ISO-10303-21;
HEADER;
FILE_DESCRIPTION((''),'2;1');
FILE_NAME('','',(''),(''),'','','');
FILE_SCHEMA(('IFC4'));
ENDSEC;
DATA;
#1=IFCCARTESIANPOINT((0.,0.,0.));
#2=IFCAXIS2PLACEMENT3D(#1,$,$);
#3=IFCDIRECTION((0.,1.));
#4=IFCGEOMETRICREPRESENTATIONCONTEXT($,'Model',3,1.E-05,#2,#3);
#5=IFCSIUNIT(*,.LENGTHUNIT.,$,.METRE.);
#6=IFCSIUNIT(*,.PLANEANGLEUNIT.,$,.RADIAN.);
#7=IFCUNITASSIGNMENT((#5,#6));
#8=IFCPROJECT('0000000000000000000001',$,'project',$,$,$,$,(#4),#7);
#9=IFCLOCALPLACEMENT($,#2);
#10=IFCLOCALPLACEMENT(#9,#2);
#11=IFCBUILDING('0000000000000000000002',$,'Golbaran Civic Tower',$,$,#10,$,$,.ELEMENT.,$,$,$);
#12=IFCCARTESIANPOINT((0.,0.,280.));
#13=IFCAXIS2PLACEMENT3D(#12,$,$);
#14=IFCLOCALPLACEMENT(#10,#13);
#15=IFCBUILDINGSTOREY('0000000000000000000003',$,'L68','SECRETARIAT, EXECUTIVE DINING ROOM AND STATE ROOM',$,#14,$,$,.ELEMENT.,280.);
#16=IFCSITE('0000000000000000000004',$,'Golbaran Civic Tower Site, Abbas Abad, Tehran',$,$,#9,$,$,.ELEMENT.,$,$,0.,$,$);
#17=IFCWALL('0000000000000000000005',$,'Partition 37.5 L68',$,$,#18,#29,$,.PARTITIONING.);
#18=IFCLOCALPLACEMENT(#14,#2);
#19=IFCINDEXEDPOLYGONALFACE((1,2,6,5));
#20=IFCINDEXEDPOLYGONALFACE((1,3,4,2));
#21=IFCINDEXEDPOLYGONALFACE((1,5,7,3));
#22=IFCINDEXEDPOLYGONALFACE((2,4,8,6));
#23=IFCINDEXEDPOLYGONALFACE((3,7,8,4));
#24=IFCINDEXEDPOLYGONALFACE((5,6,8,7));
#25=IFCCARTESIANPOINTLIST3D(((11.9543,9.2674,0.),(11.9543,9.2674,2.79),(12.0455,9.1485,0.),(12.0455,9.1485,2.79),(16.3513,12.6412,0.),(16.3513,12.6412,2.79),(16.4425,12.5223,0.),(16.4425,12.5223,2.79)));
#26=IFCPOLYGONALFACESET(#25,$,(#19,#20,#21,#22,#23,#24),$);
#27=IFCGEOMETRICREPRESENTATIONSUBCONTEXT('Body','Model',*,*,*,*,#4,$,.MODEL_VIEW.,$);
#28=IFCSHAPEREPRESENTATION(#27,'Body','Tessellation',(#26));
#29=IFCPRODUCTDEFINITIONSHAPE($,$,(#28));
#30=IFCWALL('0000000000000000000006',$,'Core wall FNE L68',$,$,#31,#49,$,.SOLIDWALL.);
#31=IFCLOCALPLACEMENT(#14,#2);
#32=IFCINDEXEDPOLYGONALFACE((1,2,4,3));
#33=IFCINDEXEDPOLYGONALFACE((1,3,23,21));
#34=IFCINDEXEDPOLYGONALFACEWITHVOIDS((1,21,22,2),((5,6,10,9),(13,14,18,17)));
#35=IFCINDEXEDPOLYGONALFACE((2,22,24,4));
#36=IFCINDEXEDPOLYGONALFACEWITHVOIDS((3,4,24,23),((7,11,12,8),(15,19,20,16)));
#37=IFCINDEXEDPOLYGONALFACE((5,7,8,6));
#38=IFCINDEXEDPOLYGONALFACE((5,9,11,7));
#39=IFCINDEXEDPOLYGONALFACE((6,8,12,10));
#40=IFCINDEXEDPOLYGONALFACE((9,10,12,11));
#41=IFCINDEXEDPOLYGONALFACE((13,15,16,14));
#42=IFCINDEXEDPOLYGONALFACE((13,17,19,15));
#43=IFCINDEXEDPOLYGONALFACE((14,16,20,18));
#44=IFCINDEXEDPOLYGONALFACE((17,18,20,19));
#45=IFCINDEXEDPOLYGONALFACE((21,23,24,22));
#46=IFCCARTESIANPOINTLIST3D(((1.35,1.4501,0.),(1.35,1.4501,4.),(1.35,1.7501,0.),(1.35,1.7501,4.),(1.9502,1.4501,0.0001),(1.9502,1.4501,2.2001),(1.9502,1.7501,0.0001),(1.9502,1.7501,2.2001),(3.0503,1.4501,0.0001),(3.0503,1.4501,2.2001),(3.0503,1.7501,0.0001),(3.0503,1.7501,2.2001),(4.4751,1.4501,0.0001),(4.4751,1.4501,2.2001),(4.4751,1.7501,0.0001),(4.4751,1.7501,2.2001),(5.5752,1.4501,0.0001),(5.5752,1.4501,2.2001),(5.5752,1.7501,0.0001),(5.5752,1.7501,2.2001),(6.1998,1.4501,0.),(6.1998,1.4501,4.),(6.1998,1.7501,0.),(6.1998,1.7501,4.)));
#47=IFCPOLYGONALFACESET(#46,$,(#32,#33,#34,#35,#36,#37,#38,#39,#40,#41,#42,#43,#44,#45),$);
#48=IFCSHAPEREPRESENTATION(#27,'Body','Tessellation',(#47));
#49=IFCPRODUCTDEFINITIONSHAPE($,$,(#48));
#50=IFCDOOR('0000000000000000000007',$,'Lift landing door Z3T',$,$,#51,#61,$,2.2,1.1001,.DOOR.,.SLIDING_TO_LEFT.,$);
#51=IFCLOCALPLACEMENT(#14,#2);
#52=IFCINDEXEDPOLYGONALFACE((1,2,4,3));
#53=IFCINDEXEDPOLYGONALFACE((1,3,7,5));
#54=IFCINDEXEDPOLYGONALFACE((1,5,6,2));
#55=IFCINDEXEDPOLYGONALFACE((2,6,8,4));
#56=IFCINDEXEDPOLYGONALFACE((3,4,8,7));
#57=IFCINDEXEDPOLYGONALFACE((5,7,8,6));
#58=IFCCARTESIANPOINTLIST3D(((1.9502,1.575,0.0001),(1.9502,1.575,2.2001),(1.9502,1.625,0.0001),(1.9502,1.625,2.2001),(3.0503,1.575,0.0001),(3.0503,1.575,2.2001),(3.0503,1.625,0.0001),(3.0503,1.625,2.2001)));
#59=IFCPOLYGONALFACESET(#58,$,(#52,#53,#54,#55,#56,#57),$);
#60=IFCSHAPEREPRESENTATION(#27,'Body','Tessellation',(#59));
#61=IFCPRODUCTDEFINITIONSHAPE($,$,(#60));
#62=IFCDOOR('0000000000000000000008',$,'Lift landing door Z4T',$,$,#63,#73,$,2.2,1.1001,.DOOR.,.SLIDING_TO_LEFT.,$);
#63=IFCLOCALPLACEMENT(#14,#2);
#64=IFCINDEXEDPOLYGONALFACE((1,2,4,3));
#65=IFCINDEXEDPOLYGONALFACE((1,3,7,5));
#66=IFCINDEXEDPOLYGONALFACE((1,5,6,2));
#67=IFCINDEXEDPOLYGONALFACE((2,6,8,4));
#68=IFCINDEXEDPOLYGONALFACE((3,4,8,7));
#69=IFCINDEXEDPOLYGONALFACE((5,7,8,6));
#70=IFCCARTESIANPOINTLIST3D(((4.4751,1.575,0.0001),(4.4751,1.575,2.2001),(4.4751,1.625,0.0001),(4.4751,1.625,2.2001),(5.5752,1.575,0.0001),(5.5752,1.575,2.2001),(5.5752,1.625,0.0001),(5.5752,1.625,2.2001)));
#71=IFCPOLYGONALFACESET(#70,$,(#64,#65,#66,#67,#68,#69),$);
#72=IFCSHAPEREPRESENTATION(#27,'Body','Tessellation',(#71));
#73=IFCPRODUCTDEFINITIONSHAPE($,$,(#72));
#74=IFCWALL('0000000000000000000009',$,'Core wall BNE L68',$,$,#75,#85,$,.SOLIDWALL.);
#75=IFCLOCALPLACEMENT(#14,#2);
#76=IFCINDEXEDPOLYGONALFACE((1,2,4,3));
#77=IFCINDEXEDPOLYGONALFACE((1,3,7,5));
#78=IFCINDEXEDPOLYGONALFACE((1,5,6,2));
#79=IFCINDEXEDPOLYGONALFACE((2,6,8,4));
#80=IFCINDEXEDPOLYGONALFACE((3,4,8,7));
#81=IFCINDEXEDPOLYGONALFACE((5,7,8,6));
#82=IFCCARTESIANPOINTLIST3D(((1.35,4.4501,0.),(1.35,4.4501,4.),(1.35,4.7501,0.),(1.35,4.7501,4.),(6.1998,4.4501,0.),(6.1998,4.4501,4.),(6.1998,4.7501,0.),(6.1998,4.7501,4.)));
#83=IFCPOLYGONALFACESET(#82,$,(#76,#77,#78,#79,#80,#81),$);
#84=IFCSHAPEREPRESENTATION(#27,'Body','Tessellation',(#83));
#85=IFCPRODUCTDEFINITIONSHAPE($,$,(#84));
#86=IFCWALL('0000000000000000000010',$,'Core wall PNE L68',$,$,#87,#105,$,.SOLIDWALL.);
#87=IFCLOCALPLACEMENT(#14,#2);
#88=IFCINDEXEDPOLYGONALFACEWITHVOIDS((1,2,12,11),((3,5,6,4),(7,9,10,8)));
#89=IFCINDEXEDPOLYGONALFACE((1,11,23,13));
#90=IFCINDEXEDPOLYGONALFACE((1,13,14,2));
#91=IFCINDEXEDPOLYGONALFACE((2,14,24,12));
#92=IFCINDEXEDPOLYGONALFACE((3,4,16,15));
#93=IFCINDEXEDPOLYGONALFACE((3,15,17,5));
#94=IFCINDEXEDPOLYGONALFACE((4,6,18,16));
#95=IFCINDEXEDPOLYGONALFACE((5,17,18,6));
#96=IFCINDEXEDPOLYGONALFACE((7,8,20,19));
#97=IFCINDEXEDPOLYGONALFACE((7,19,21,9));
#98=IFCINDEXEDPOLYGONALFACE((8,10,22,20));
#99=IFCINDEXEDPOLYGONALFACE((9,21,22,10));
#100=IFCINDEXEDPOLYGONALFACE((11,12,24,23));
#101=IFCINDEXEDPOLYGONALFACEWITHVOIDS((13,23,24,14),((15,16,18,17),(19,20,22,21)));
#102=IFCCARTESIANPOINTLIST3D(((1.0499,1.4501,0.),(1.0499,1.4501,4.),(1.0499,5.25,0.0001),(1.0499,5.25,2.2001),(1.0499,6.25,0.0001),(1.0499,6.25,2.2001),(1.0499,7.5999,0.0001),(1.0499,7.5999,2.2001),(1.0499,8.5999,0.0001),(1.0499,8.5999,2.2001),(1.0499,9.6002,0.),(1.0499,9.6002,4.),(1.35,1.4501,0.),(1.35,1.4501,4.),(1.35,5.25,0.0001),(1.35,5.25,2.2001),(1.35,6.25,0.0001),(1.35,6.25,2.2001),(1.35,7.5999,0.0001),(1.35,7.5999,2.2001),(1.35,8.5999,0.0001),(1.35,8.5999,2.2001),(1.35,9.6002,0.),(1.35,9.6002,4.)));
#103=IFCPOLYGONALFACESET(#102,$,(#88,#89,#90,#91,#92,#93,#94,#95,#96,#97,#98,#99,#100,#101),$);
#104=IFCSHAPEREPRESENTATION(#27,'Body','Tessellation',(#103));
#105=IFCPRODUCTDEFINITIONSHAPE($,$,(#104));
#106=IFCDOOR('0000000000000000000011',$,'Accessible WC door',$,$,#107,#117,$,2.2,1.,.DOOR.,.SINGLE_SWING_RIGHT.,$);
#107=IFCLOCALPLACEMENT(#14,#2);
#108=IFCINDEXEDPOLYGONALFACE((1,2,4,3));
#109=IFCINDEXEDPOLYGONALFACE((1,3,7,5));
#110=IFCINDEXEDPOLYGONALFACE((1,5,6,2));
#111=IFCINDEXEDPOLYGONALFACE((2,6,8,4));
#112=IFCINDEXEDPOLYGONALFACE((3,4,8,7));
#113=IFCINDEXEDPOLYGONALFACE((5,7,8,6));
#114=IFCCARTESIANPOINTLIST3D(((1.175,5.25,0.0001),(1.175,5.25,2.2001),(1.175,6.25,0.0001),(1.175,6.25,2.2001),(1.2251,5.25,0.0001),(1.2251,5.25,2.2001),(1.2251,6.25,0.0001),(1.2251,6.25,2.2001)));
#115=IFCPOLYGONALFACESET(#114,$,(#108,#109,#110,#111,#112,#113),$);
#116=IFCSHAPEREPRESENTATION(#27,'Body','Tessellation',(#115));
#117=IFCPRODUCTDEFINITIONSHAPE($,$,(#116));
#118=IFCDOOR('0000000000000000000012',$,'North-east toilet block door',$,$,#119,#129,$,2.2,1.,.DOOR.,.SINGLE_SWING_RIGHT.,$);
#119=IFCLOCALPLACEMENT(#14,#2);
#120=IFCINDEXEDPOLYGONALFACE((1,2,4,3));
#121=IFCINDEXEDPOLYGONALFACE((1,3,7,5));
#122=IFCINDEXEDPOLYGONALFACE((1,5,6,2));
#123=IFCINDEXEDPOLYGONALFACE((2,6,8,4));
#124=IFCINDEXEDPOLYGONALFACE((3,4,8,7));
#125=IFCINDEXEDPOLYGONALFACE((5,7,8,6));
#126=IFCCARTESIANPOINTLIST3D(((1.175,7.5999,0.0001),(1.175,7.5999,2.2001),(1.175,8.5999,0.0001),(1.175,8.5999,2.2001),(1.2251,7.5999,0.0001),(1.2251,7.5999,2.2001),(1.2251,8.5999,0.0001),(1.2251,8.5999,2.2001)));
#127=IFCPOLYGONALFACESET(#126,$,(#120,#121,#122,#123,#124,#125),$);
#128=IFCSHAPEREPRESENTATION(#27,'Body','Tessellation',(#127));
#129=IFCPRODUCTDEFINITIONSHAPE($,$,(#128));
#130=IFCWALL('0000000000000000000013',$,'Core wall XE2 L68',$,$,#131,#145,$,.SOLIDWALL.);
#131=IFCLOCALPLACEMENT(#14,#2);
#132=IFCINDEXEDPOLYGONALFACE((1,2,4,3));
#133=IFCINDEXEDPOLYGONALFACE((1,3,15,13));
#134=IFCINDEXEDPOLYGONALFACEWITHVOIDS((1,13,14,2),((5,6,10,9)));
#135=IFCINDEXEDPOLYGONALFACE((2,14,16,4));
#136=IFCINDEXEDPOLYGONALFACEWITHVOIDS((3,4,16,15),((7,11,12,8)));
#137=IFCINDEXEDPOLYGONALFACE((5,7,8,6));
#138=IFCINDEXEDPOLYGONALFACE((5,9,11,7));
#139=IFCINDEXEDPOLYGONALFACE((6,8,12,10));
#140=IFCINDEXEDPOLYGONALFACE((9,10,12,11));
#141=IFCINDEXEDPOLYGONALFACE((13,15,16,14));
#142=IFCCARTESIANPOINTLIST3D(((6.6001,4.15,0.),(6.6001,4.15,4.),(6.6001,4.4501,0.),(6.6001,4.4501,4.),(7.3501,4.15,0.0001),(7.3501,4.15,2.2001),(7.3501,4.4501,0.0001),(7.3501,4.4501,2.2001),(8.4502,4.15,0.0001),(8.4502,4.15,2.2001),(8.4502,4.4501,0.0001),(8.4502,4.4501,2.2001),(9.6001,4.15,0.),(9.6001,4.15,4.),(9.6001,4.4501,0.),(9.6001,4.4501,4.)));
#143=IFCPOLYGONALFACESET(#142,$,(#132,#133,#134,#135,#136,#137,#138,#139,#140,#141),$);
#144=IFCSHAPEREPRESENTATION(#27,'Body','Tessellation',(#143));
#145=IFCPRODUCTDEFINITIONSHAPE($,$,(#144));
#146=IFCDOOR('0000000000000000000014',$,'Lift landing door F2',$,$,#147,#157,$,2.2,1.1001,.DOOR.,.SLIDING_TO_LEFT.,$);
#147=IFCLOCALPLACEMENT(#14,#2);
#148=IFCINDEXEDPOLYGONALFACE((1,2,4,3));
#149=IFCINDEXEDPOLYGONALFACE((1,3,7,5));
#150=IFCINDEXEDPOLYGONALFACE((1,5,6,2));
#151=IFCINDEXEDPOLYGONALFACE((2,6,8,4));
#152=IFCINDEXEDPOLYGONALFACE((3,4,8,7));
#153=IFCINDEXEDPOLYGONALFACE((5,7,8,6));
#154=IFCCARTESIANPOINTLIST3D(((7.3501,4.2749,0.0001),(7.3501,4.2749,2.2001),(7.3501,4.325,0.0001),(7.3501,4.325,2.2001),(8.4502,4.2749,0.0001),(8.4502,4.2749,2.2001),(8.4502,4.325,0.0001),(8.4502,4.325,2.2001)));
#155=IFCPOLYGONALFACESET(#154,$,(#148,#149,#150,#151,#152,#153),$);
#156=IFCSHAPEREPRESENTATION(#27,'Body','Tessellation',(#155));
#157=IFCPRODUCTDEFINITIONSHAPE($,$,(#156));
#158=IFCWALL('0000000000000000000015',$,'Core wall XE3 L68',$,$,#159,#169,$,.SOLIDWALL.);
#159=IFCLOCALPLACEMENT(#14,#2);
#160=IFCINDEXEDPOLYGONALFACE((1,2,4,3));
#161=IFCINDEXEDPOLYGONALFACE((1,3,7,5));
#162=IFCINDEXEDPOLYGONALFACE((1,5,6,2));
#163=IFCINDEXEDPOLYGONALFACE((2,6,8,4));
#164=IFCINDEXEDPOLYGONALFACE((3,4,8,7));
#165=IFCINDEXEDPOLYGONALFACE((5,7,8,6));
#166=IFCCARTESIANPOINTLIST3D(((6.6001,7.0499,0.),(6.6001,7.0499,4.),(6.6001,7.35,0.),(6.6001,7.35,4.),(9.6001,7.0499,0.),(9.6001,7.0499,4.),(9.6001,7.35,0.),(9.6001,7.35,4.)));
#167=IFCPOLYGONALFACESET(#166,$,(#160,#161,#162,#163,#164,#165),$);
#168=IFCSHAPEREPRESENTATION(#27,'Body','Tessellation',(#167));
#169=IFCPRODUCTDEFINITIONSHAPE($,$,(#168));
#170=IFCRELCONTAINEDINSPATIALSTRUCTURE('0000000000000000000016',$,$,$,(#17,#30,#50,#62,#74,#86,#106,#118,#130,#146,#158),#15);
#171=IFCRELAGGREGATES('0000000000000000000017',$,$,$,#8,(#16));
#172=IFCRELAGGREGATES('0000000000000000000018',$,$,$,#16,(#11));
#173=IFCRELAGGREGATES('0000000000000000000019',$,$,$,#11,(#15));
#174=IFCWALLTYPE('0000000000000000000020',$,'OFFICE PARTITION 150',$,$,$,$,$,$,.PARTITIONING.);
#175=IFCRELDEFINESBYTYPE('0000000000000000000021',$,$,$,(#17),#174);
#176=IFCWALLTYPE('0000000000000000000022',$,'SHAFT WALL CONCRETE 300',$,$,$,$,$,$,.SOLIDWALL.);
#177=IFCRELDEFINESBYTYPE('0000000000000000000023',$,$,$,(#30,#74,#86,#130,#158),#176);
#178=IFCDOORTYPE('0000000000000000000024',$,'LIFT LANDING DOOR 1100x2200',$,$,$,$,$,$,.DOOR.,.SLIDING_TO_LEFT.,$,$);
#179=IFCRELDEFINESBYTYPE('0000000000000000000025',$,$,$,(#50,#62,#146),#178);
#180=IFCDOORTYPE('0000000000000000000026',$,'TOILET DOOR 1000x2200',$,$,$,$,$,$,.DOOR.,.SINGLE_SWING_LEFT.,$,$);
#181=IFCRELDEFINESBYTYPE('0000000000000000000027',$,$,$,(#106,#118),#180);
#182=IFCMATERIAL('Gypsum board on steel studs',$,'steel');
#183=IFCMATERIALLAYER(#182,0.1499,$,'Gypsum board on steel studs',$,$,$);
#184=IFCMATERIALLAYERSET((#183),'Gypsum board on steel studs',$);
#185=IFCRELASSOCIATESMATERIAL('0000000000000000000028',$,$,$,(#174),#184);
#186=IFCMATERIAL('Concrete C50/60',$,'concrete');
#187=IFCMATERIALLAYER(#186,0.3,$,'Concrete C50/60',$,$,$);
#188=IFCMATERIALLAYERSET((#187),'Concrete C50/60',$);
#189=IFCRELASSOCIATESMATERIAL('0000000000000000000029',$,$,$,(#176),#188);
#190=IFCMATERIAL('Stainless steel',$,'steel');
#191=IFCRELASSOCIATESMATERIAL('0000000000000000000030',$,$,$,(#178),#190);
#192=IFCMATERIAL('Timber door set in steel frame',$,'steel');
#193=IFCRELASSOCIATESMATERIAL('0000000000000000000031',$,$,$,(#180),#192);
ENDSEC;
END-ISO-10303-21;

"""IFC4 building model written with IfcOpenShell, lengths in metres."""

from ifc_helpers import new_model, si_unit, direction, frame, frame_2d, origin, place, context, subcontext, project, spatial, rectangle, extrude, material, layer, layer_set, type_object, element, fill, save


model = new_model("IFC4")

# Units and contexts
model_context = context("Model", 3, precision=1e-05, world=origin(), true_north=direction((0.0, 1.0)))
body_context = subcontext(model_context, "Body", "Model", "MODEL_VIEW")
ifc_project = project(units=[si_unit("LENGTHUNIT", "METRE"), si_unit("PLANEANGLEUNIT", "RADIAN")], contexts=[model_context])

# Site, building, storey
site_placement = place(None, origin())
site = spatial("IfcSite", under=ifc_project, at=site_placement, Name="Golbaran Civic Tower Site, Abbas Abad, Tehran", CompositionType="ELEMENT", RefElevation=0.0)
building_placement = place(site_placement, origin())
building = spatial("IfcBuilding", under=site, at=building_placement, Name="Golbaran Civic Tower", CompositionType="ELEMENT")
storey_placement = place(building_placement, frame((0.0, 0.0, 280.0)))
storey = spatial("IfcBuildingStorey", under=building, at=storey_placement, Name="L68", Description="SECRETARIAT, EXECUTIVE DINING ROOM AND STATE ROOM", CompositionType="ELEMENT", Elevation=280.0)

# Shared definitions
ifc_material_1 = material(Name="Timber door set in steel frame", Category="steel")

# Shared definitions
ifc_material_2 = material(Name="Concrete C50/60", Category="concrete")

# Wall
ifc_material_3 = material(Name="Gypsum board on steel studs", Category="steel")
ifc_layer_1 = layer(ifc_material_3, 0.1499, Name="Gypsum board on steel studs")
ifc_layer_set_1 = layer_set([ifc_layer_1], Name="Gypsum board on steel studs")
wall_type_1 = type_object("IfcWallType", Name="OFFICE PARTITION 150", PredefinedType="PARTITIONING", material=ifc_layer_set_1)
wall_1_placement = place(storey_placement, frame((12.0, 9.208, 0.0), z_axis=(0.0, 0.0, 1.0), x_axis=(0.793365, 0.608746, 0.0)))
element("IfcWall", 1, at=wall_1_placement, inside=storey, type_object=wall_type_1, Name="Partition 37.5 L68", PredefinedType="PARTITIONING", context=body_context, shape_type="SweptSolid", body=[
    extrude(rectangle(XDim=5.5422, YDim=0.1499, at=frame_2d((2.771, 0.0))), origin(), (0.0, 0.0, 1.0), 2.79),
])

# Wall, openings, doors
ifc_layer_2 = layer(ifc_material_2, 0.3, Name="Concrete C50/60")
ifc_layer_set_2 = layer_set([ifc_layer_2], Name="Concrete C50/60")
wall_type_2 = type_object("IfcWallType", Name="SHAFT WALL CONCRETE 300", PredefinedType="SOLIDWALL", material=ifc_layer_set_2)
wall_2_placement = place(storey_placement, frame((1.3501, 1.6001, 0.0), z_axis=(0.0, 0.0, 1.0), x_axis=(1.0, 0.0, 0.0)))
wall_2 = element("IfcWall", 2, at=wall_2_placement, inside=storey, type_object=wall_type_2, Name="Core wall FNE L68", PredefinedType="SOLIDWALL", context=body_context, shape_type="SweptSolid", body=[
    extrude(rectangle(XDim=4.8499, YDim=0.3, at=frame_2d((2.4248, 0.0))), origin(), (0.0, 0.0, 1.0), 4.0),
])
opening_1_placement = place(wall_2_placement, frame((0.6001, 0.0, 0.0)))
opening_1 = element("IfcOpeningElement", 3, at=opening_1_placement, cuts=wall_2, PredefinedType="OPENING", context=body_context, shape_type="SweptSolid", body=[
    extrude(rectangle(XDim=1.1001, YDim=2.2, at=frame_2d((0.55, 1.1001))), frame((0.0, 0.1599, 0.0), z_axis=(0.0, -1.0, 0.0), x_axis=(1.0, 0.0, 0.0)), (0.0, 0.0, 1.0), 0.3201),
])
opening_2_placement = place(wall_2_placement, frame((3.125, 0.0, 0.0)))
opening_2 = element("IfcOpeningElement", 4, at=opening_2_placement, cuts=wall_2, PredefinedType="OPENING", context=body_context, shape_type="SweptSolid", body=[
    extrude(rectangle(XDim=1.1001, YDim=2.2, at=frame_2d((0.55, 1.1001))), frame((0.0, 0.1599, 0.0), z_axis=(0.0, -1.0, 0.0), x_axis=(1.0, 0.0, 0.0)), (0.0, 0.0, 1.0), 0.3201),
])
ifc_material_4 = material(Name="Stainless steel", Category="steel")
door_type_1 = type_object("IfcDoorType", Name="LIFT LANDING DOOR 1100x2200", OperationType="SLIDING_TO_LEFT", PredefinedType="DOOR", material=ifc_material_4)
door_1_placement = place(opening_1_placement, origin())
door_1 = element("IfcDoor", 5, at=door_1_placement, inside=storey, type_object=door_type_1, Name="Lift landing door Z3T", OperationType="SLIDING_TO_LEFT", OverallHeight=2.2, OverallWidth=1.1001, PredefinedType="DOOR", context=body_context, shape_type="SweptSolid", body=[
    extrude(rectangle(XDim=1.1001, YDim=2.2, at=frame_2d((0.55, 1.1001))), frame((0.0, 0.0249, 0.0), z_axis=(0.0, -1.0, 0.0), x_axis=(1.0, 0.0, 0.0)), (0.0, 0.0, 1.0), 0.05),
])
fill(opening_1, door_1)
door_2_placement = place(opening_2_placement, origin())
door_2 = element("IfcDoor", 6, at=door_2_placement, inside=storey, type_object=door_type_1, Name="Lift landing door Z4T", OperationType="SLIDING_TO_LEFT", OverallHeight=2.2, OverallWidth=1.1001, PredefinedType="DOOR", context=body_context, shape_type="SweptSolid", body=[
    extrude(rectangle(XDim=1.1001, YDim=2.2, at=frame_2d((0.55, 1.1001))), frame((0.0, 0.0249, 0.0), z_axis=(0.0, -1.0, 0.0), x_axis=(1.0, 0.0, 0.0)), (0.0, 0.0, 1.0), 0.05),
])
fill(opening_2, door_2)

# Wall
wall_3_placement = place(storey_placement, frame((1.3501, 4.6001, 0.0), z_axis=(0.0, 0.0, 1.0), x_axis=(1.0, 0.0, 0.0)))
element("IfcWall", 7, at=wall_3_placement, inside=storey, type_object=wall_type_2, Name="Core wall BNE L68", PredefinedType="SOLIDWALL", context=body_context, shape_type="SweptSolid", body=[
    extrude(rectangle(XDim=4.8499, YDim=0.3, at=frame_2d((2.4248, 0.0))), origin(), (0.0, 0.0, 1.0), 4.0),
])

# Wall, openings, doors
wall_4_placement = place(storey_placement, frame((1.2, 1.45, 0.0), z_axis=(0.0, 0.0, 1.0), x_axis=(0.0, 1.0, 0.0)))
wall_4 = element("IfcWall", 8, at=wall_4_placement, inside=storey, type_object=wall_type_2, Name="Core wall PNE L68", PredefinedType="SOLIDWALL", context=body_context, shape_type="SweptSolid", body=[
    extrude(rectangle(XDim=8.1501, YDim=0.3, at=frame_2d((4.0752, 0.0))), origin(), (0.0, 0.0, 1.0), 4.0),
])
opening_3_placement = place(wall_4_placement, frame((3.8, 0.0, 0.0)))
opening_3 = element("IfcOpeningElement", 9, at=opening_3_placement, cuts=wall_4, PredefinedType="OPENING", context=body_context, shape_type="SweptSolid", body=[
    extrude(rectangle(XDim=1.0, YDim=2.2, at=frame_2d((0.5, 1.1001))), frame((0.0, 0.1599, 0.0), z_axis=(0.0, -1.0, 0.0), x_axis=(1.0, 0.0, 0.0)), (0.0, 0.0, 1.0), 0.3201),
])
opening_4_placement = place(wall_4_placement, frame((6.1499, 0.0, 0.0)))
opening_4 = element("IfcOpeningElement", 10, at=opening_4_placement, cuts=wall_4, PredefinedType="OPENING", context=body_context, shape_type="SweptSolid", body=[
    extrude(rectangle(XDim=1.0, YDim=2.2, at=frame_2d((0.5, 1.1001))), frame((0.0, 0.1599, 0.0), z_axis=(0.0, -1.0, 0.0), x_axis=(1.0, 0.0, 0.0)), (0.0, 0.0, 1.0), 0.3201),
])
door_type_2 = type_object("IfcDoorType", Name="TOILET DOOR 1000x2200", OperationType="SINGLE_SWING_LEFT", PredefinedType="DOOR", material=ifc_material_1)
door_3_placement = place(opening_3_placement, origin())
door_3 = element("IfcDoor", 11, at=door_3_placement, inside=storey, type_object=door_type_2, Name="Accessible WC door", OperationType="SINGLE_SWING_RIGHT", OverallHeight=2.2, OverallWidth=1.0, PredefinedType="DOOR", context=body_context, shape_type="SweptSolid", body=[
    extrude(rectangle(XDim=1.0, YDim=2.2, at=frame_2d((0.5, 1.1001))), frame((0.0, 0.0249, 0.0), z_axis=(0.0, -1.0, 0.0), x_axis=(1.0, 0.0, 0.0)), (0.0, 0.0, 1.0), 0.05),
])
fill(opening_3, door_3)
door_4_placement = place(opening_4_placement, origin())
door_4 = element("IfcDoor", 12, at=door_4_placement, inside=storey, type_object=door_type_2, Name="North-east toilet block door", OperationType="SINGLE_SWING_RIGHT", OverallHeight=2.2, OverallWidth=1.0, PredefinedType="DOOR", context=body_context, shape_type="SweptSolid", body=[
    extrude(rectangle(XDim=1.0, YDim=2.2, at=frame_2d((0.5, 1.1001))), frame((0.0, 0.0249, 0.0), z_axis=(0.0, -1.0, 0.0), x_axis=(1.0, 0.0, 0.0)), (0.0, 0.0, 1.0), 0.05),
])
fill(opening_4, door_4)

# Wall, opening, door
wall_5_placement = place(storey_placement, frame((6.6001, 4.3, 0.0), z_axis=(0.0, 0.0, 1.0), x_axis=(1.0, 0.0, 0.0)))
wall_5 = element("IfcWall", 13, at=wall_5_placement, inside=storey, type_object=wall_type_2, Name="Core wall XE2 L68", PredefinedType="SOLIDWALL", context=body_context, shape_type="SweptSolid", body=[
    extrude(rectangle(XDim=3.0, YDim=0.3, at=frame_2d((1.5, 0.0))), origin(), (0.0, 0.0, 1.0), 4.0),
])
opening_5_placement = place(wall_5_placement, frame((0.75, 0.0, 0.0)))
opening_5 = element("IfcOpeningElement", 14, at=opening_5_placement, cuts=wall_5, PredefinedType="OPENING", context=body_context, shape_type="SweptSolid", body=[
    extrude(rectangle(XDim=1.1001, YDim=2.2, at=frame_2d((0.55, 1.1001))), frame((0.0, 0.1599, 0.0), z_axis=(0.0, -1.0, 0.0), x_axis=(1.0, 0.0, 0.0)), (0.0, 0.0, 1.0), 0.3201),
])
door_5_placement = place(opening_5_placement, origin())
door_5 = element("IfcDoor", 15, at=door_5_placement, inside=storey, type_object=door_type_1, Name="Lift landing door F2", OperationType="SLIDING_TO_LEFT", OverallHeight=2.2, OverallWidth=1.1001, PredefinedType="DOOR", context=body_context, shape_type="SweptSolid", body=[
    extrude(rectangle(XDim=1.1001, YDim=2.2, at=frame_2d((0.55, 1.1001))), frame((0.0, 0.0249, 0.0), z_axis=(0.0, -1.0, 0.0), x_axis=(1.0, 0.0, 0.0)), (0.0, 0.0, 1.0), 0.05),
])
fill(opening_5, door_5)

# Wall
wall_6_placement = place(storey_placement, frame((6.6001, 7.2, 0.0), z_axis=(0.0, 0.0, 1.0), x_axis=(1.0, 0.0, 0.0)))
element("IfcWall", 16, at=wall_6_placement, inside=storey, type_object=wall_type_2, Name="Core wall XE3 L68", PredefinedType="SOLIDWALL", context=body_context, shape_type="SweptSolid", body=[
    extrude(rectangle(XDim=3.0, YDim=0.3, at=frame_2d((1.5, 0.0))), origin(), (0.0, 0.0, 1.0), 4.0),
])

save(model, "model.ifc")
